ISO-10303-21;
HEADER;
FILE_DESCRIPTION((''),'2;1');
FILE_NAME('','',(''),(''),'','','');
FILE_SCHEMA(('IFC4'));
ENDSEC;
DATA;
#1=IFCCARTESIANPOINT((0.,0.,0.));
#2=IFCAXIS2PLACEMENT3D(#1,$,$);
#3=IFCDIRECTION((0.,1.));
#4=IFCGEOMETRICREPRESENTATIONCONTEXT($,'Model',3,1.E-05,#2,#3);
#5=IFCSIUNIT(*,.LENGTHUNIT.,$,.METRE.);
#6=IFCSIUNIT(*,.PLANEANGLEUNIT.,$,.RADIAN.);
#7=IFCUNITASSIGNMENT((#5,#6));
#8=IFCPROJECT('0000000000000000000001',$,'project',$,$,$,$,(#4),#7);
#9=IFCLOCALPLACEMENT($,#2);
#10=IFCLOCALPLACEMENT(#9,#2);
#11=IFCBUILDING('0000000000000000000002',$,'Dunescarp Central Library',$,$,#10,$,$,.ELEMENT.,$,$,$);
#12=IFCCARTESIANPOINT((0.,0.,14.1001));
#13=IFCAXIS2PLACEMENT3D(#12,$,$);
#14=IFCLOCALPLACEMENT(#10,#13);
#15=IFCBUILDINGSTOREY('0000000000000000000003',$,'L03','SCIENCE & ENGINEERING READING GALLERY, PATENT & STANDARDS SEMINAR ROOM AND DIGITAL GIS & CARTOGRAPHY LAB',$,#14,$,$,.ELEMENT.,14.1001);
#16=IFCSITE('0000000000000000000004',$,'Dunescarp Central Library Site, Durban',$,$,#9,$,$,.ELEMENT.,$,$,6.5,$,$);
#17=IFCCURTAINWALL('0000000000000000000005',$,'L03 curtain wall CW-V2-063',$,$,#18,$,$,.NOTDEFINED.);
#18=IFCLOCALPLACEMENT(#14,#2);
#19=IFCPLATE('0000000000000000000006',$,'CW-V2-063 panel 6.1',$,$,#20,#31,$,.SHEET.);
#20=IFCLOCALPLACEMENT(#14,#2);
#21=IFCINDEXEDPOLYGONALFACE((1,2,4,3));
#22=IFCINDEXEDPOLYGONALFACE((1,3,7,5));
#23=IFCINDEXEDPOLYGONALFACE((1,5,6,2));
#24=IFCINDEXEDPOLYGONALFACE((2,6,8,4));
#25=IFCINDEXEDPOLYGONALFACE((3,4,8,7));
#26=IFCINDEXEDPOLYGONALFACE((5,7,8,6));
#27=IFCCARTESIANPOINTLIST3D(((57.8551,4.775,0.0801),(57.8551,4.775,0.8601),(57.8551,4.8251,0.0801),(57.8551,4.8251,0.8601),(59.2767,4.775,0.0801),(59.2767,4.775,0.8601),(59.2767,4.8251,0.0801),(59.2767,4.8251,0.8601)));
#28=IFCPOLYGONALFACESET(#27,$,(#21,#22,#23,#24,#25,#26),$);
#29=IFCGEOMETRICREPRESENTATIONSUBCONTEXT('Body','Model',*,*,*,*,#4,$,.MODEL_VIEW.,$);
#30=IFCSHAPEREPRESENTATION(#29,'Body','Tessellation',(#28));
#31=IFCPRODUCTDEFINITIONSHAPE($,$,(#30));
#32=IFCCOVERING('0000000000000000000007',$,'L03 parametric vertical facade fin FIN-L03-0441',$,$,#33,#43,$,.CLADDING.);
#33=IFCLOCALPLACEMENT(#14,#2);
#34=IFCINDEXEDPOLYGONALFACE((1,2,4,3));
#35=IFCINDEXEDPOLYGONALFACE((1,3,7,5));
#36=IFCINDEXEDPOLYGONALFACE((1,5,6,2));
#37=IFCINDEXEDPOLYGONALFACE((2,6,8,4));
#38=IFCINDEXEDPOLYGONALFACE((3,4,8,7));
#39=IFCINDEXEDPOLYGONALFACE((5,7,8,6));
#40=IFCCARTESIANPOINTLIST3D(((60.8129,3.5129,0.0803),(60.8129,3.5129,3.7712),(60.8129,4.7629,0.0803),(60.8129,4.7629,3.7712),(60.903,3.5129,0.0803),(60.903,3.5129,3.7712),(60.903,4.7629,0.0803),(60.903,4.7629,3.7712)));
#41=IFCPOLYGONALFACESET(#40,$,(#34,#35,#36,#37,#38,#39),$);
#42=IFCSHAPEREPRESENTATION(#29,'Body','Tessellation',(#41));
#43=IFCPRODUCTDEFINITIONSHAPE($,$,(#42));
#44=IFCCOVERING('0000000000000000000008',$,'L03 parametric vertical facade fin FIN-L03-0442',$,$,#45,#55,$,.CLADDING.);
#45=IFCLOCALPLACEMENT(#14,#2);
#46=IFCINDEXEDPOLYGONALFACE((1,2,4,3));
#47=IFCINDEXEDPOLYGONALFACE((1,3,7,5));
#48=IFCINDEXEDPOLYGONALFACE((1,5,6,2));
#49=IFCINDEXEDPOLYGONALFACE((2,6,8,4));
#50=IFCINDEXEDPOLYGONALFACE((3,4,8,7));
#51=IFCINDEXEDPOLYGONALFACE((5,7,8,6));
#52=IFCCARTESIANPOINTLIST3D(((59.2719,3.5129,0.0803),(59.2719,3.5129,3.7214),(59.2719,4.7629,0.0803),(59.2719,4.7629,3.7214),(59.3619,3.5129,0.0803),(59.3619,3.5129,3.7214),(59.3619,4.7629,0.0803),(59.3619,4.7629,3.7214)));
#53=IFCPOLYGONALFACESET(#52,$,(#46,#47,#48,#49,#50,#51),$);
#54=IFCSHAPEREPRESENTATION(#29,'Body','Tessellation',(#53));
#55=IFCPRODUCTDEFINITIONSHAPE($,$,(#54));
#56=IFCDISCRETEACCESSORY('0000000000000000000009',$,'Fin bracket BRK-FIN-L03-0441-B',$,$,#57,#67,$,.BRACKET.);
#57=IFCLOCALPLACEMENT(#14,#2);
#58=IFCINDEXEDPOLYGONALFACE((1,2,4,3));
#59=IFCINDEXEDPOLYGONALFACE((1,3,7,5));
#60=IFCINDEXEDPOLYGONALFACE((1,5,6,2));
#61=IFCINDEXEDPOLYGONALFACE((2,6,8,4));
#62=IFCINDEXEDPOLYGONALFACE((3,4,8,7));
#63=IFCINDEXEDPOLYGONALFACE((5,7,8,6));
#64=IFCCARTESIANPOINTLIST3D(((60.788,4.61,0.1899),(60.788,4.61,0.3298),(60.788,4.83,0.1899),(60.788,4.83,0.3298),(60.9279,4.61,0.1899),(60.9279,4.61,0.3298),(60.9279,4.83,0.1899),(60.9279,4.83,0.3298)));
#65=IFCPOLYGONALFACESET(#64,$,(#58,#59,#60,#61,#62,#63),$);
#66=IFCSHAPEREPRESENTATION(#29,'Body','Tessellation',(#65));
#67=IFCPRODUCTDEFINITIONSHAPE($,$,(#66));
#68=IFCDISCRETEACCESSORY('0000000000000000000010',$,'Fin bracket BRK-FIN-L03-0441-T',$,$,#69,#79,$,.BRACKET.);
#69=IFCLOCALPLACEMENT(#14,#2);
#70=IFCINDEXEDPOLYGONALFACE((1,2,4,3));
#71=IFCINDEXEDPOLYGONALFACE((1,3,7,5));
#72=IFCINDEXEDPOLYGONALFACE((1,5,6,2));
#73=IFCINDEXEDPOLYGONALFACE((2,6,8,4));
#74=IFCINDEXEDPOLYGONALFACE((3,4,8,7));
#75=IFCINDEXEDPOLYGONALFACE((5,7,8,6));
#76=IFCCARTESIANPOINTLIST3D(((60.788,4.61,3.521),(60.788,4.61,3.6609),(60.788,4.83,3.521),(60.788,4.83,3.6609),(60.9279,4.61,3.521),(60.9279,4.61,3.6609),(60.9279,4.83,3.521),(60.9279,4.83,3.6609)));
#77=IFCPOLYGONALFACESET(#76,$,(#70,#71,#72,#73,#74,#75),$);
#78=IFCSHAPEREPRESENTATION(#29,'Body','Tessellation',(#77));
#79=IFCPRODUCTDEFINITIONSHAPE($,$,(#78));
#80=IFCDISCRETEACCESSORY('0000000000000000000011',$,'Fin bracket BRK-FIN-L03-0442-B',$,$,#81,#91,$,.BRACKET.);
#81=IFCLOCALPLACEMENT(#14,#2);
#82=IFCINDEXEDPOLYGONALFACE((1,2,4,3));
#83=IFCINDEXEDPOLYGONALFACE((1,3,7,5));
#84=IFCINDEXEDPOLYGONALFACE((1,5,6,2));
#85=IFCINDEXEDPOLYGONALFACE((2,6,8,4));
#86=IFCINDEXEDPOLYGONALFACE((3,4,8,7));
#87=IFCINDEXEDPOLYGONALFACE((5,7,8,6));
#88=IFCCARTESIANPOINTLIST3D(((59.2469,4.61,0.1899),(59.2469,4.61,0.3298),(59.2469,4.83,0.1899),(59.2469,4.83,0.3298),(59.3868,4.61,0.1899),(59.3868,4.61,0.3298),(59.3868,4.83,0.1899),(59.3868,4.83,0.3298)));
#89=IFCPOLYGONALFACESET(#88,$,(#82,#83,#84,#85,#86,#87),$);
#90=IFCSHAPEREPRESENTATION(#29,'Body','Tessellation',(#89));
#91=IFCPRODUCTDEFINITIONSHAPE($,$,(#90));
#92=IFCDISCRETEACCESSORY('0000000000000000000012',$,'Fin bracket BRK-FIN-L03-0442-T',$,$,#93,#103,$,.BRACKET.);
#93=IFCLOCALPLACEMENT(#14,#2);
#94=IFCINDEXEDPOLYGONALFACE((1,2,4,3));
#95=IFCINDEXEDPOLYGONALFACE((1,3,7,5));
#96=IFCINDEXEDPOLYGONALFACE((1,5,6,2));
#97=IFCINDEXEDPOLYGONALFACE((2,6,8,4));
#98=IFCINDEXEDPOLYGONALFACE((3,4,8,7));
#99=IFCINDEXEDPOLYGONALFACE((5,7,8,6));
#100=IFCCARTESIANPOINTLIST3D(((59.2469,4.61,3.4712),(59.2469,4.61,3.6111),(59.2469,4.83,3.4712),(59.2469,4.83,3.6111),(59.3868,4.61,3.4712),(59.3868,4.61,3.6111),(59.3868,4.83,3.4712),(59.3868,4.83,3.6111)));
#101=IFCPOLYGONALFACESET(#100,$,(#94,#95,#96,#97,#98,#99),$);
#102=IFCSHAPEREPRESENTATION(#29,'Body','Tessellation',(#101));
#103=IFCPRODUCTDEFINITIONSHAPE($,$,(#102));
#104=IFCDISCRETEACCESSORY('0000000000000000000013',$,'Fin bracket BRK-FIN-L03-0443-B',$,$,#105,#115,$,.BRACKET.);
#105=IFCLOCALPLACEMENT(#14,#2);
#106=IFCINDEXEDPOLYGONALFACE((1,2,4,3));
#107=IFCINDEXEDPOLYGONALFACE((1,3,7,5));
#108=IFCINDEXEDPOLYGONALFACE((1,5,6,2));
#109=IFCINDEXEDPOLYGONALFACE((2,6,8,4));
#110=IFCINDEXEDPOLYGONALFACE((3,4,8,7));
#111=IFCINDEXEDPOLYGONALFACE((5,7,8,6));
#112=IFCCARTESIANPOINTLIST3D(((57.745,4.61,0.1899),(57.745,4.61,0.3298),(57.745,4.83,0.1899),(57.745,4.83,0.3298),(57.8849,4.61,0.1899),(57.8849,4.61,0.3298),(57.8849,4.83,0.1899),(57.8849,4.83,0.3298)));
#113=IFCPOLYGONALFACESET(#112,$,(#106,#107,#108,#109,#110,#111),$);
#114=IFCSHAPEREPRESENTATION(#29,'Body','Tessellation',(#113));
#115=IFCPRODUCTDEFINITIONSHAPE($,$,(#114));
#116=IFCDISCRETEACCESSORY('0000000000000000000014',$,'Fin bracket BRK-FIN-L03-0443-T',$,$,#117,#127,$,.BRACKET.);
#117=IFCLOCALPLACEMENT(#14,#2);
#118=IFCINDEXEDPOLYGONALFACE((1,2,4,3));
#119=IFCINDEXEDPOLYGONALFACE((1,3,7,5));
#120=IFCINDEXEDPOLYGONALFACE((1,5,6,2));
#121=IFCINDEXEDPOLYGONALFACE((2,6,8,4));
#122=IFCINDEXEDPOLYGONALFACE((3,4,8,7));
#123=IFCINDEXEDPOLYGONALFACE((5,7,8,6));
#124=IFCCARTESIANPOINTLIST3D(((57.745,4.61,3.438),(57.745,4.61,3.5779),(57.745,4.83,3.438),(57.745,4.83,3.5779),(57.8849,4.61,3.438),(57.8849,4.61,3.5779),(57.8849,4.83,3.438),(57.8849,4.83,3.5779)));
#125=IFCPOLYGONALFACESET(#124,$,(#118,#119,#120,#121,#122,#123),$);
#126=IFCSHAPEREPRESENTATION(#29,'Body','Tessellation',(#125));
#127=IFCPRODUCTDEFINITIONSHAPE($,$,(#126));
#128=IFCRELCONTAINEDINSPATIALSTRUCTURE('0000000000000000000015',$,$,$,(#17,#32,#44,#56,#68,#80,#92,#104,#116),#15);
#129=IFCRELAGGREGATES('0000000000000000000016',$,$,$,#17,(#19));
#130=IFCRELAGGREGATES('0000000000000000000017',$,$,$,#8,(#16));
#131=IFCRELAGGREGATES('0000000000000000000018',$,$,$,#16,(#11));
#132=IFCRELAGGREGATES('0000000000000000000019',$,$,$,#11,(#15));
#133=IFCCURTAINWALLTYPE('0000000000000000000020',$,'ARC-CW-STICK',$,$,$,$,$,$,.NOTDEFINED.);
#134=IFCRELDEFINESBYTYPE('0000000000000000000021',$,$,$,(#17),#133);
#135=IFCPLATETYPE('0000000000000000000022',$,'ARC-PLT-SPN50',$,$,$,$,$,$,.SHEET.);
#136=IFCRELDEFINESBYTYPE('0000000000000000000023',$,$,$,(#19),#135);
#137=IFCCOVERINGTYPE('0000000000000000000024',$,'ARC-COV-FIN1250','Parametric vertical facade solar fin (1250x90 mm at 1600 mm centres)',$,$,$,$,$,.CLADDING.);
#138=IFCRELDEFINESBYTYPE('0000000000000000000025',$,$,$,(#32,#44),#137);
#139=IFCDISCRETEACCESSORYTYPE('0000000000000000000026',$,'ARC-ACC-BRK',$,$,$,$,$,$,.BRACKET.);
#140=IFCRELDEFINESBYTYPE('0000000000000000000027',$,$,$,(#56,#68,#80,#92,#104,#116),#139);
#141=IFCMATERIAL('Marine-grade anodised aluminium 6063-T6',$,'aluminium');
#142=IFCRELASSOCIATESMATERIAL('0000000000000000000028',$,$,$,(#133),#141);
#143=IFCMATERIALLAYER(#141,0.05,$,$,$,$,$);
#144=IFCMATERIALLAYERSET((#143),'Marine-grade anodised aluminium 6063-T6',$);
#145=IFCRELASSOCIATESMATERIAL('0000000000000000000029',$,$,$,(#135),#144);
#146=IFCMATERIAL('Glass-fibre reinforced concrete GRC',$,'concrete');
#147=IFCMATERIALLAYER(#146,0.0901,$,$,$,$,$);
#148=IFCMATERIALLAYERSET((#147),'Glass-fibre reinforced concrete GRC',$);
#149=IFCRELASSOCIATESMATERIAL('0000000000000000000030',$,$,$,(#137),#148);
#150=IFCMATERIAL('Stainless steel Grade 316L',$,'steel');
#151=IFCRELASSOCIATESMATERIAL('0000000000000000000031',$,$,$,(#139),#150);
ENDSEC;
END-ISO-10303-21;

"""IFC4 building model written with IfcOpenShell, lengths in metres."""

from ifc_helpers import new_model, si_unit, direction, frame, origin, origin_2d, place, context, subcontext, project, spatial, rectangle, extrude, material, layer, layer_set, type_object, element, aggregate, save


model = new_model("IFC4")

# Units and contexts
model_context = context("Model", 3, precision=1e-05, world=origin(), true_north=direction((0.0, 1.0)))
body_context = subcontext(model_context, "Body", "Model", "MODEL_VIEW")
ifc_project = project(units=[si_unit("LENGTHUNIT", "METRE"), si_unit("PLANEANGLEUNIT", "RADIAN")], contexts=[model_context])

# Site, building, storey
site_placement = place(None, origin())
site = spatial("IfcSite", under=ifc_project, at=site_placement, Name="Dunescarp Central Library Site, Durban", CompositionType="ELEMENT", RefElevation=6.5)
building_placement = place(site_placement, origin())
building = spatial("IfcBuilding", under=site, at=building_placement, Name="Dunescarp Central Library", CompositionType="ELEMENT")
storey_placement = place(building_placement, frame((0.0, 0.0, 14.1001)))
storey = spatial("IfcBuildingStorey", under=building, at=storey_placement, Name="L03", Description="SCIENCE & ENGINEERING READING GALLERY, PATENT & STANDARDS SEMINAR ROOM AND DIGITAL GIS & CARTOGRAPHY LAB", CompositionType="ELEMENT", Elevation=14.1001)

# Curtain wall
ifc_material_1 = material(Name="Marine-grade anodised aluminium 6063-T6", Category="aluminium")
curtain_wall_type = type_object("IfcCurtainWallType", Name="ARC-CW-STICK", PredefinedType="NOTDEFINED", material=ifc_material_1)
curtain_wall_placement = place(storey_placement, origin())
curtain_wall = element("IfcCurtainWall", 1, at=curtain_wall_placement, inside=storey, type_object=curtain_wall_type, Name="L03 curtain wall CW-V2-063", PredefinedType="NOTDEFINED")

# Plate
ifc_layer_1 = layer(ifc_material_1, 0.05)
ifc_layer_set_1 = layer_set([ifc_layer_1], Name="Marine-grade anodised aluminium 6063-T6")
plate_type_1 = type_object("IfcPlateType", Name="ARC-PLT-SPN50", PredefinedType="SHEET", material=ifc_layer_set_1)
plate_1_placement = place(storey_placement, frame((58.5659, 4.8, 0.0801), z_axis=(0.0, 0.0, 1.0), x_axis=(-1.0, 0.0, 0.0)))
plate_1 = element("IfcPlate", 2, at=plate_1_placement, type_object=plate_type_1, Name="CW-V2-063 panel 6.1", PredefinedType="SHEET", context=body_context, shape_type="SweptSolid", body=[
    extrude(rectangle(XDim=1.4216, YDim=0.05, at=origin_2d()), origin(), (0.0, 0.0, 1.0), 0.78),
])
aggregate(curtain_wall, [plate_1])

# Coverings
ifc_material_2 = material(Name="Glass-fibre reinforced concrete GRC", Category="concrete")
ifc_layer_2 = layer(ifc_material_2, 0.0901)
ifc_layer_set_2 = layer_set([ifc_layer_2], Name="Glass-fibre reinforced concrete GRC")
covering_type = type_object("IfcCoveringType", Name="ARC-COV-FIN1250", Description="Parametric vertical facade solar fin (1250x90 mm at 1600 mm centres)", PredefinedType="CLADDING", material=ifc_layer_set_2)
covering_1_placement = place(storey_placement, frame((60.8579, 4.1379, 0.0803), z_axis=(0.0, 0.0, 1.0), x_axis=(0.0, -1.0, 0.0)))
element("IfcCovering", 3, at=covering_1_placement, inside=storey, type_object=covering_type, Name="L03 parametric vertical facade fin FIN-L03-0441", PredefinedType="CLADDING", context=body_context, shape_type="SweptSolid", body=[
    extrude(rectangle(XDim=1.25, YDim=0.0901, at=origin_2d()), origin(), (0.0, 0.0, 1.0), 3.6909),
])
covering_2_placement = place(storey_placement, frame((59.3169, 4.1379, 0.0803), z_axis=(0.0, 0.0, 1.0), x_axis=(0.0, -1.0, 0.0)))
element("IfcCovering", 4, at=covering_2_placement, inside=storey, type_object=covering_type, Name="L03 parametric vertical facade fin FIN-L03-0442", PredefinedType="CLADDING", context=body_context, shape_type="SweptSolid", body=[
    extrude(rectangle(XDim=1.25, YDim=0.0901, at=origin_2d()), origin(), (0.0, 0.0, 1.0), 3.6411),
])

# Discrete accessories
ifc_material_3 = material(Name="Stainless steel Grade 316L", Category="steel")
discrete_accessory_type = type_object("IfcDiscreteAccessoryType", Name="ARC-ACC-BRK", PredefinedType="BRACKET", material=ifc_material_3)
for number, where, z_axis, x_axis, name in (
    (5, (60.8579, 4.72, 0.1899), (0.0, 0.0, 1.0), (0.0, -1.0, 0.0), "Fin bracket BRK-FIN-L03-0441-B"),
    (6, (60.8579, 4.72, 3.521), (0.0, 0.0, 1.0), (0.0, -1.0, 0.0), "Fin bracket BRK-FIN-L03-0441-T"),
    (7, (59.3169, 4.72, 0.1899), (0.0, 0.0, 1.0), (0.0, -1.0, 0.0), "Fin bracket BRK-FIN-L03-0442-B"),
    (8, (59.3169, 4.72, 3.4712), (0.0, 0.0, 1.0), (0.0, -1.0, 0.0), "Fin bracket BRK-FIN-L03-0442-T"),
    (9, (57.8149, 4.72, 0.1899), (0.0, 0.0, 1.0), (0.0, -1.0, 0.0), "Fin bracket BRK-FIN-L03-0443-B"),
    (10, (57.8149, 4.72, 3.438), (0.0, 0.0, 1.0), (0.0, -1.0, 0.0), "Fin bracket BRK-FIN-L03-0443-T"),
):
    element("IfcDiscreteAccessory", number, at=place(storey_placement, frame(where, z_axis=z_axis, x_axis=x_axis)), inside=storey, type_object=discrete_accessory_type, Name=name, PredefinedType="BRACKET", context=body_context, shape_type="SweptSolid", body=[
        extrude(rectangle(XDim=0.22, YDim=0.1399, at=origin_2d()), origin(), (0.0, 0.0, 1.0), 0.1399),
    ])

save(model, "model.ifc")
